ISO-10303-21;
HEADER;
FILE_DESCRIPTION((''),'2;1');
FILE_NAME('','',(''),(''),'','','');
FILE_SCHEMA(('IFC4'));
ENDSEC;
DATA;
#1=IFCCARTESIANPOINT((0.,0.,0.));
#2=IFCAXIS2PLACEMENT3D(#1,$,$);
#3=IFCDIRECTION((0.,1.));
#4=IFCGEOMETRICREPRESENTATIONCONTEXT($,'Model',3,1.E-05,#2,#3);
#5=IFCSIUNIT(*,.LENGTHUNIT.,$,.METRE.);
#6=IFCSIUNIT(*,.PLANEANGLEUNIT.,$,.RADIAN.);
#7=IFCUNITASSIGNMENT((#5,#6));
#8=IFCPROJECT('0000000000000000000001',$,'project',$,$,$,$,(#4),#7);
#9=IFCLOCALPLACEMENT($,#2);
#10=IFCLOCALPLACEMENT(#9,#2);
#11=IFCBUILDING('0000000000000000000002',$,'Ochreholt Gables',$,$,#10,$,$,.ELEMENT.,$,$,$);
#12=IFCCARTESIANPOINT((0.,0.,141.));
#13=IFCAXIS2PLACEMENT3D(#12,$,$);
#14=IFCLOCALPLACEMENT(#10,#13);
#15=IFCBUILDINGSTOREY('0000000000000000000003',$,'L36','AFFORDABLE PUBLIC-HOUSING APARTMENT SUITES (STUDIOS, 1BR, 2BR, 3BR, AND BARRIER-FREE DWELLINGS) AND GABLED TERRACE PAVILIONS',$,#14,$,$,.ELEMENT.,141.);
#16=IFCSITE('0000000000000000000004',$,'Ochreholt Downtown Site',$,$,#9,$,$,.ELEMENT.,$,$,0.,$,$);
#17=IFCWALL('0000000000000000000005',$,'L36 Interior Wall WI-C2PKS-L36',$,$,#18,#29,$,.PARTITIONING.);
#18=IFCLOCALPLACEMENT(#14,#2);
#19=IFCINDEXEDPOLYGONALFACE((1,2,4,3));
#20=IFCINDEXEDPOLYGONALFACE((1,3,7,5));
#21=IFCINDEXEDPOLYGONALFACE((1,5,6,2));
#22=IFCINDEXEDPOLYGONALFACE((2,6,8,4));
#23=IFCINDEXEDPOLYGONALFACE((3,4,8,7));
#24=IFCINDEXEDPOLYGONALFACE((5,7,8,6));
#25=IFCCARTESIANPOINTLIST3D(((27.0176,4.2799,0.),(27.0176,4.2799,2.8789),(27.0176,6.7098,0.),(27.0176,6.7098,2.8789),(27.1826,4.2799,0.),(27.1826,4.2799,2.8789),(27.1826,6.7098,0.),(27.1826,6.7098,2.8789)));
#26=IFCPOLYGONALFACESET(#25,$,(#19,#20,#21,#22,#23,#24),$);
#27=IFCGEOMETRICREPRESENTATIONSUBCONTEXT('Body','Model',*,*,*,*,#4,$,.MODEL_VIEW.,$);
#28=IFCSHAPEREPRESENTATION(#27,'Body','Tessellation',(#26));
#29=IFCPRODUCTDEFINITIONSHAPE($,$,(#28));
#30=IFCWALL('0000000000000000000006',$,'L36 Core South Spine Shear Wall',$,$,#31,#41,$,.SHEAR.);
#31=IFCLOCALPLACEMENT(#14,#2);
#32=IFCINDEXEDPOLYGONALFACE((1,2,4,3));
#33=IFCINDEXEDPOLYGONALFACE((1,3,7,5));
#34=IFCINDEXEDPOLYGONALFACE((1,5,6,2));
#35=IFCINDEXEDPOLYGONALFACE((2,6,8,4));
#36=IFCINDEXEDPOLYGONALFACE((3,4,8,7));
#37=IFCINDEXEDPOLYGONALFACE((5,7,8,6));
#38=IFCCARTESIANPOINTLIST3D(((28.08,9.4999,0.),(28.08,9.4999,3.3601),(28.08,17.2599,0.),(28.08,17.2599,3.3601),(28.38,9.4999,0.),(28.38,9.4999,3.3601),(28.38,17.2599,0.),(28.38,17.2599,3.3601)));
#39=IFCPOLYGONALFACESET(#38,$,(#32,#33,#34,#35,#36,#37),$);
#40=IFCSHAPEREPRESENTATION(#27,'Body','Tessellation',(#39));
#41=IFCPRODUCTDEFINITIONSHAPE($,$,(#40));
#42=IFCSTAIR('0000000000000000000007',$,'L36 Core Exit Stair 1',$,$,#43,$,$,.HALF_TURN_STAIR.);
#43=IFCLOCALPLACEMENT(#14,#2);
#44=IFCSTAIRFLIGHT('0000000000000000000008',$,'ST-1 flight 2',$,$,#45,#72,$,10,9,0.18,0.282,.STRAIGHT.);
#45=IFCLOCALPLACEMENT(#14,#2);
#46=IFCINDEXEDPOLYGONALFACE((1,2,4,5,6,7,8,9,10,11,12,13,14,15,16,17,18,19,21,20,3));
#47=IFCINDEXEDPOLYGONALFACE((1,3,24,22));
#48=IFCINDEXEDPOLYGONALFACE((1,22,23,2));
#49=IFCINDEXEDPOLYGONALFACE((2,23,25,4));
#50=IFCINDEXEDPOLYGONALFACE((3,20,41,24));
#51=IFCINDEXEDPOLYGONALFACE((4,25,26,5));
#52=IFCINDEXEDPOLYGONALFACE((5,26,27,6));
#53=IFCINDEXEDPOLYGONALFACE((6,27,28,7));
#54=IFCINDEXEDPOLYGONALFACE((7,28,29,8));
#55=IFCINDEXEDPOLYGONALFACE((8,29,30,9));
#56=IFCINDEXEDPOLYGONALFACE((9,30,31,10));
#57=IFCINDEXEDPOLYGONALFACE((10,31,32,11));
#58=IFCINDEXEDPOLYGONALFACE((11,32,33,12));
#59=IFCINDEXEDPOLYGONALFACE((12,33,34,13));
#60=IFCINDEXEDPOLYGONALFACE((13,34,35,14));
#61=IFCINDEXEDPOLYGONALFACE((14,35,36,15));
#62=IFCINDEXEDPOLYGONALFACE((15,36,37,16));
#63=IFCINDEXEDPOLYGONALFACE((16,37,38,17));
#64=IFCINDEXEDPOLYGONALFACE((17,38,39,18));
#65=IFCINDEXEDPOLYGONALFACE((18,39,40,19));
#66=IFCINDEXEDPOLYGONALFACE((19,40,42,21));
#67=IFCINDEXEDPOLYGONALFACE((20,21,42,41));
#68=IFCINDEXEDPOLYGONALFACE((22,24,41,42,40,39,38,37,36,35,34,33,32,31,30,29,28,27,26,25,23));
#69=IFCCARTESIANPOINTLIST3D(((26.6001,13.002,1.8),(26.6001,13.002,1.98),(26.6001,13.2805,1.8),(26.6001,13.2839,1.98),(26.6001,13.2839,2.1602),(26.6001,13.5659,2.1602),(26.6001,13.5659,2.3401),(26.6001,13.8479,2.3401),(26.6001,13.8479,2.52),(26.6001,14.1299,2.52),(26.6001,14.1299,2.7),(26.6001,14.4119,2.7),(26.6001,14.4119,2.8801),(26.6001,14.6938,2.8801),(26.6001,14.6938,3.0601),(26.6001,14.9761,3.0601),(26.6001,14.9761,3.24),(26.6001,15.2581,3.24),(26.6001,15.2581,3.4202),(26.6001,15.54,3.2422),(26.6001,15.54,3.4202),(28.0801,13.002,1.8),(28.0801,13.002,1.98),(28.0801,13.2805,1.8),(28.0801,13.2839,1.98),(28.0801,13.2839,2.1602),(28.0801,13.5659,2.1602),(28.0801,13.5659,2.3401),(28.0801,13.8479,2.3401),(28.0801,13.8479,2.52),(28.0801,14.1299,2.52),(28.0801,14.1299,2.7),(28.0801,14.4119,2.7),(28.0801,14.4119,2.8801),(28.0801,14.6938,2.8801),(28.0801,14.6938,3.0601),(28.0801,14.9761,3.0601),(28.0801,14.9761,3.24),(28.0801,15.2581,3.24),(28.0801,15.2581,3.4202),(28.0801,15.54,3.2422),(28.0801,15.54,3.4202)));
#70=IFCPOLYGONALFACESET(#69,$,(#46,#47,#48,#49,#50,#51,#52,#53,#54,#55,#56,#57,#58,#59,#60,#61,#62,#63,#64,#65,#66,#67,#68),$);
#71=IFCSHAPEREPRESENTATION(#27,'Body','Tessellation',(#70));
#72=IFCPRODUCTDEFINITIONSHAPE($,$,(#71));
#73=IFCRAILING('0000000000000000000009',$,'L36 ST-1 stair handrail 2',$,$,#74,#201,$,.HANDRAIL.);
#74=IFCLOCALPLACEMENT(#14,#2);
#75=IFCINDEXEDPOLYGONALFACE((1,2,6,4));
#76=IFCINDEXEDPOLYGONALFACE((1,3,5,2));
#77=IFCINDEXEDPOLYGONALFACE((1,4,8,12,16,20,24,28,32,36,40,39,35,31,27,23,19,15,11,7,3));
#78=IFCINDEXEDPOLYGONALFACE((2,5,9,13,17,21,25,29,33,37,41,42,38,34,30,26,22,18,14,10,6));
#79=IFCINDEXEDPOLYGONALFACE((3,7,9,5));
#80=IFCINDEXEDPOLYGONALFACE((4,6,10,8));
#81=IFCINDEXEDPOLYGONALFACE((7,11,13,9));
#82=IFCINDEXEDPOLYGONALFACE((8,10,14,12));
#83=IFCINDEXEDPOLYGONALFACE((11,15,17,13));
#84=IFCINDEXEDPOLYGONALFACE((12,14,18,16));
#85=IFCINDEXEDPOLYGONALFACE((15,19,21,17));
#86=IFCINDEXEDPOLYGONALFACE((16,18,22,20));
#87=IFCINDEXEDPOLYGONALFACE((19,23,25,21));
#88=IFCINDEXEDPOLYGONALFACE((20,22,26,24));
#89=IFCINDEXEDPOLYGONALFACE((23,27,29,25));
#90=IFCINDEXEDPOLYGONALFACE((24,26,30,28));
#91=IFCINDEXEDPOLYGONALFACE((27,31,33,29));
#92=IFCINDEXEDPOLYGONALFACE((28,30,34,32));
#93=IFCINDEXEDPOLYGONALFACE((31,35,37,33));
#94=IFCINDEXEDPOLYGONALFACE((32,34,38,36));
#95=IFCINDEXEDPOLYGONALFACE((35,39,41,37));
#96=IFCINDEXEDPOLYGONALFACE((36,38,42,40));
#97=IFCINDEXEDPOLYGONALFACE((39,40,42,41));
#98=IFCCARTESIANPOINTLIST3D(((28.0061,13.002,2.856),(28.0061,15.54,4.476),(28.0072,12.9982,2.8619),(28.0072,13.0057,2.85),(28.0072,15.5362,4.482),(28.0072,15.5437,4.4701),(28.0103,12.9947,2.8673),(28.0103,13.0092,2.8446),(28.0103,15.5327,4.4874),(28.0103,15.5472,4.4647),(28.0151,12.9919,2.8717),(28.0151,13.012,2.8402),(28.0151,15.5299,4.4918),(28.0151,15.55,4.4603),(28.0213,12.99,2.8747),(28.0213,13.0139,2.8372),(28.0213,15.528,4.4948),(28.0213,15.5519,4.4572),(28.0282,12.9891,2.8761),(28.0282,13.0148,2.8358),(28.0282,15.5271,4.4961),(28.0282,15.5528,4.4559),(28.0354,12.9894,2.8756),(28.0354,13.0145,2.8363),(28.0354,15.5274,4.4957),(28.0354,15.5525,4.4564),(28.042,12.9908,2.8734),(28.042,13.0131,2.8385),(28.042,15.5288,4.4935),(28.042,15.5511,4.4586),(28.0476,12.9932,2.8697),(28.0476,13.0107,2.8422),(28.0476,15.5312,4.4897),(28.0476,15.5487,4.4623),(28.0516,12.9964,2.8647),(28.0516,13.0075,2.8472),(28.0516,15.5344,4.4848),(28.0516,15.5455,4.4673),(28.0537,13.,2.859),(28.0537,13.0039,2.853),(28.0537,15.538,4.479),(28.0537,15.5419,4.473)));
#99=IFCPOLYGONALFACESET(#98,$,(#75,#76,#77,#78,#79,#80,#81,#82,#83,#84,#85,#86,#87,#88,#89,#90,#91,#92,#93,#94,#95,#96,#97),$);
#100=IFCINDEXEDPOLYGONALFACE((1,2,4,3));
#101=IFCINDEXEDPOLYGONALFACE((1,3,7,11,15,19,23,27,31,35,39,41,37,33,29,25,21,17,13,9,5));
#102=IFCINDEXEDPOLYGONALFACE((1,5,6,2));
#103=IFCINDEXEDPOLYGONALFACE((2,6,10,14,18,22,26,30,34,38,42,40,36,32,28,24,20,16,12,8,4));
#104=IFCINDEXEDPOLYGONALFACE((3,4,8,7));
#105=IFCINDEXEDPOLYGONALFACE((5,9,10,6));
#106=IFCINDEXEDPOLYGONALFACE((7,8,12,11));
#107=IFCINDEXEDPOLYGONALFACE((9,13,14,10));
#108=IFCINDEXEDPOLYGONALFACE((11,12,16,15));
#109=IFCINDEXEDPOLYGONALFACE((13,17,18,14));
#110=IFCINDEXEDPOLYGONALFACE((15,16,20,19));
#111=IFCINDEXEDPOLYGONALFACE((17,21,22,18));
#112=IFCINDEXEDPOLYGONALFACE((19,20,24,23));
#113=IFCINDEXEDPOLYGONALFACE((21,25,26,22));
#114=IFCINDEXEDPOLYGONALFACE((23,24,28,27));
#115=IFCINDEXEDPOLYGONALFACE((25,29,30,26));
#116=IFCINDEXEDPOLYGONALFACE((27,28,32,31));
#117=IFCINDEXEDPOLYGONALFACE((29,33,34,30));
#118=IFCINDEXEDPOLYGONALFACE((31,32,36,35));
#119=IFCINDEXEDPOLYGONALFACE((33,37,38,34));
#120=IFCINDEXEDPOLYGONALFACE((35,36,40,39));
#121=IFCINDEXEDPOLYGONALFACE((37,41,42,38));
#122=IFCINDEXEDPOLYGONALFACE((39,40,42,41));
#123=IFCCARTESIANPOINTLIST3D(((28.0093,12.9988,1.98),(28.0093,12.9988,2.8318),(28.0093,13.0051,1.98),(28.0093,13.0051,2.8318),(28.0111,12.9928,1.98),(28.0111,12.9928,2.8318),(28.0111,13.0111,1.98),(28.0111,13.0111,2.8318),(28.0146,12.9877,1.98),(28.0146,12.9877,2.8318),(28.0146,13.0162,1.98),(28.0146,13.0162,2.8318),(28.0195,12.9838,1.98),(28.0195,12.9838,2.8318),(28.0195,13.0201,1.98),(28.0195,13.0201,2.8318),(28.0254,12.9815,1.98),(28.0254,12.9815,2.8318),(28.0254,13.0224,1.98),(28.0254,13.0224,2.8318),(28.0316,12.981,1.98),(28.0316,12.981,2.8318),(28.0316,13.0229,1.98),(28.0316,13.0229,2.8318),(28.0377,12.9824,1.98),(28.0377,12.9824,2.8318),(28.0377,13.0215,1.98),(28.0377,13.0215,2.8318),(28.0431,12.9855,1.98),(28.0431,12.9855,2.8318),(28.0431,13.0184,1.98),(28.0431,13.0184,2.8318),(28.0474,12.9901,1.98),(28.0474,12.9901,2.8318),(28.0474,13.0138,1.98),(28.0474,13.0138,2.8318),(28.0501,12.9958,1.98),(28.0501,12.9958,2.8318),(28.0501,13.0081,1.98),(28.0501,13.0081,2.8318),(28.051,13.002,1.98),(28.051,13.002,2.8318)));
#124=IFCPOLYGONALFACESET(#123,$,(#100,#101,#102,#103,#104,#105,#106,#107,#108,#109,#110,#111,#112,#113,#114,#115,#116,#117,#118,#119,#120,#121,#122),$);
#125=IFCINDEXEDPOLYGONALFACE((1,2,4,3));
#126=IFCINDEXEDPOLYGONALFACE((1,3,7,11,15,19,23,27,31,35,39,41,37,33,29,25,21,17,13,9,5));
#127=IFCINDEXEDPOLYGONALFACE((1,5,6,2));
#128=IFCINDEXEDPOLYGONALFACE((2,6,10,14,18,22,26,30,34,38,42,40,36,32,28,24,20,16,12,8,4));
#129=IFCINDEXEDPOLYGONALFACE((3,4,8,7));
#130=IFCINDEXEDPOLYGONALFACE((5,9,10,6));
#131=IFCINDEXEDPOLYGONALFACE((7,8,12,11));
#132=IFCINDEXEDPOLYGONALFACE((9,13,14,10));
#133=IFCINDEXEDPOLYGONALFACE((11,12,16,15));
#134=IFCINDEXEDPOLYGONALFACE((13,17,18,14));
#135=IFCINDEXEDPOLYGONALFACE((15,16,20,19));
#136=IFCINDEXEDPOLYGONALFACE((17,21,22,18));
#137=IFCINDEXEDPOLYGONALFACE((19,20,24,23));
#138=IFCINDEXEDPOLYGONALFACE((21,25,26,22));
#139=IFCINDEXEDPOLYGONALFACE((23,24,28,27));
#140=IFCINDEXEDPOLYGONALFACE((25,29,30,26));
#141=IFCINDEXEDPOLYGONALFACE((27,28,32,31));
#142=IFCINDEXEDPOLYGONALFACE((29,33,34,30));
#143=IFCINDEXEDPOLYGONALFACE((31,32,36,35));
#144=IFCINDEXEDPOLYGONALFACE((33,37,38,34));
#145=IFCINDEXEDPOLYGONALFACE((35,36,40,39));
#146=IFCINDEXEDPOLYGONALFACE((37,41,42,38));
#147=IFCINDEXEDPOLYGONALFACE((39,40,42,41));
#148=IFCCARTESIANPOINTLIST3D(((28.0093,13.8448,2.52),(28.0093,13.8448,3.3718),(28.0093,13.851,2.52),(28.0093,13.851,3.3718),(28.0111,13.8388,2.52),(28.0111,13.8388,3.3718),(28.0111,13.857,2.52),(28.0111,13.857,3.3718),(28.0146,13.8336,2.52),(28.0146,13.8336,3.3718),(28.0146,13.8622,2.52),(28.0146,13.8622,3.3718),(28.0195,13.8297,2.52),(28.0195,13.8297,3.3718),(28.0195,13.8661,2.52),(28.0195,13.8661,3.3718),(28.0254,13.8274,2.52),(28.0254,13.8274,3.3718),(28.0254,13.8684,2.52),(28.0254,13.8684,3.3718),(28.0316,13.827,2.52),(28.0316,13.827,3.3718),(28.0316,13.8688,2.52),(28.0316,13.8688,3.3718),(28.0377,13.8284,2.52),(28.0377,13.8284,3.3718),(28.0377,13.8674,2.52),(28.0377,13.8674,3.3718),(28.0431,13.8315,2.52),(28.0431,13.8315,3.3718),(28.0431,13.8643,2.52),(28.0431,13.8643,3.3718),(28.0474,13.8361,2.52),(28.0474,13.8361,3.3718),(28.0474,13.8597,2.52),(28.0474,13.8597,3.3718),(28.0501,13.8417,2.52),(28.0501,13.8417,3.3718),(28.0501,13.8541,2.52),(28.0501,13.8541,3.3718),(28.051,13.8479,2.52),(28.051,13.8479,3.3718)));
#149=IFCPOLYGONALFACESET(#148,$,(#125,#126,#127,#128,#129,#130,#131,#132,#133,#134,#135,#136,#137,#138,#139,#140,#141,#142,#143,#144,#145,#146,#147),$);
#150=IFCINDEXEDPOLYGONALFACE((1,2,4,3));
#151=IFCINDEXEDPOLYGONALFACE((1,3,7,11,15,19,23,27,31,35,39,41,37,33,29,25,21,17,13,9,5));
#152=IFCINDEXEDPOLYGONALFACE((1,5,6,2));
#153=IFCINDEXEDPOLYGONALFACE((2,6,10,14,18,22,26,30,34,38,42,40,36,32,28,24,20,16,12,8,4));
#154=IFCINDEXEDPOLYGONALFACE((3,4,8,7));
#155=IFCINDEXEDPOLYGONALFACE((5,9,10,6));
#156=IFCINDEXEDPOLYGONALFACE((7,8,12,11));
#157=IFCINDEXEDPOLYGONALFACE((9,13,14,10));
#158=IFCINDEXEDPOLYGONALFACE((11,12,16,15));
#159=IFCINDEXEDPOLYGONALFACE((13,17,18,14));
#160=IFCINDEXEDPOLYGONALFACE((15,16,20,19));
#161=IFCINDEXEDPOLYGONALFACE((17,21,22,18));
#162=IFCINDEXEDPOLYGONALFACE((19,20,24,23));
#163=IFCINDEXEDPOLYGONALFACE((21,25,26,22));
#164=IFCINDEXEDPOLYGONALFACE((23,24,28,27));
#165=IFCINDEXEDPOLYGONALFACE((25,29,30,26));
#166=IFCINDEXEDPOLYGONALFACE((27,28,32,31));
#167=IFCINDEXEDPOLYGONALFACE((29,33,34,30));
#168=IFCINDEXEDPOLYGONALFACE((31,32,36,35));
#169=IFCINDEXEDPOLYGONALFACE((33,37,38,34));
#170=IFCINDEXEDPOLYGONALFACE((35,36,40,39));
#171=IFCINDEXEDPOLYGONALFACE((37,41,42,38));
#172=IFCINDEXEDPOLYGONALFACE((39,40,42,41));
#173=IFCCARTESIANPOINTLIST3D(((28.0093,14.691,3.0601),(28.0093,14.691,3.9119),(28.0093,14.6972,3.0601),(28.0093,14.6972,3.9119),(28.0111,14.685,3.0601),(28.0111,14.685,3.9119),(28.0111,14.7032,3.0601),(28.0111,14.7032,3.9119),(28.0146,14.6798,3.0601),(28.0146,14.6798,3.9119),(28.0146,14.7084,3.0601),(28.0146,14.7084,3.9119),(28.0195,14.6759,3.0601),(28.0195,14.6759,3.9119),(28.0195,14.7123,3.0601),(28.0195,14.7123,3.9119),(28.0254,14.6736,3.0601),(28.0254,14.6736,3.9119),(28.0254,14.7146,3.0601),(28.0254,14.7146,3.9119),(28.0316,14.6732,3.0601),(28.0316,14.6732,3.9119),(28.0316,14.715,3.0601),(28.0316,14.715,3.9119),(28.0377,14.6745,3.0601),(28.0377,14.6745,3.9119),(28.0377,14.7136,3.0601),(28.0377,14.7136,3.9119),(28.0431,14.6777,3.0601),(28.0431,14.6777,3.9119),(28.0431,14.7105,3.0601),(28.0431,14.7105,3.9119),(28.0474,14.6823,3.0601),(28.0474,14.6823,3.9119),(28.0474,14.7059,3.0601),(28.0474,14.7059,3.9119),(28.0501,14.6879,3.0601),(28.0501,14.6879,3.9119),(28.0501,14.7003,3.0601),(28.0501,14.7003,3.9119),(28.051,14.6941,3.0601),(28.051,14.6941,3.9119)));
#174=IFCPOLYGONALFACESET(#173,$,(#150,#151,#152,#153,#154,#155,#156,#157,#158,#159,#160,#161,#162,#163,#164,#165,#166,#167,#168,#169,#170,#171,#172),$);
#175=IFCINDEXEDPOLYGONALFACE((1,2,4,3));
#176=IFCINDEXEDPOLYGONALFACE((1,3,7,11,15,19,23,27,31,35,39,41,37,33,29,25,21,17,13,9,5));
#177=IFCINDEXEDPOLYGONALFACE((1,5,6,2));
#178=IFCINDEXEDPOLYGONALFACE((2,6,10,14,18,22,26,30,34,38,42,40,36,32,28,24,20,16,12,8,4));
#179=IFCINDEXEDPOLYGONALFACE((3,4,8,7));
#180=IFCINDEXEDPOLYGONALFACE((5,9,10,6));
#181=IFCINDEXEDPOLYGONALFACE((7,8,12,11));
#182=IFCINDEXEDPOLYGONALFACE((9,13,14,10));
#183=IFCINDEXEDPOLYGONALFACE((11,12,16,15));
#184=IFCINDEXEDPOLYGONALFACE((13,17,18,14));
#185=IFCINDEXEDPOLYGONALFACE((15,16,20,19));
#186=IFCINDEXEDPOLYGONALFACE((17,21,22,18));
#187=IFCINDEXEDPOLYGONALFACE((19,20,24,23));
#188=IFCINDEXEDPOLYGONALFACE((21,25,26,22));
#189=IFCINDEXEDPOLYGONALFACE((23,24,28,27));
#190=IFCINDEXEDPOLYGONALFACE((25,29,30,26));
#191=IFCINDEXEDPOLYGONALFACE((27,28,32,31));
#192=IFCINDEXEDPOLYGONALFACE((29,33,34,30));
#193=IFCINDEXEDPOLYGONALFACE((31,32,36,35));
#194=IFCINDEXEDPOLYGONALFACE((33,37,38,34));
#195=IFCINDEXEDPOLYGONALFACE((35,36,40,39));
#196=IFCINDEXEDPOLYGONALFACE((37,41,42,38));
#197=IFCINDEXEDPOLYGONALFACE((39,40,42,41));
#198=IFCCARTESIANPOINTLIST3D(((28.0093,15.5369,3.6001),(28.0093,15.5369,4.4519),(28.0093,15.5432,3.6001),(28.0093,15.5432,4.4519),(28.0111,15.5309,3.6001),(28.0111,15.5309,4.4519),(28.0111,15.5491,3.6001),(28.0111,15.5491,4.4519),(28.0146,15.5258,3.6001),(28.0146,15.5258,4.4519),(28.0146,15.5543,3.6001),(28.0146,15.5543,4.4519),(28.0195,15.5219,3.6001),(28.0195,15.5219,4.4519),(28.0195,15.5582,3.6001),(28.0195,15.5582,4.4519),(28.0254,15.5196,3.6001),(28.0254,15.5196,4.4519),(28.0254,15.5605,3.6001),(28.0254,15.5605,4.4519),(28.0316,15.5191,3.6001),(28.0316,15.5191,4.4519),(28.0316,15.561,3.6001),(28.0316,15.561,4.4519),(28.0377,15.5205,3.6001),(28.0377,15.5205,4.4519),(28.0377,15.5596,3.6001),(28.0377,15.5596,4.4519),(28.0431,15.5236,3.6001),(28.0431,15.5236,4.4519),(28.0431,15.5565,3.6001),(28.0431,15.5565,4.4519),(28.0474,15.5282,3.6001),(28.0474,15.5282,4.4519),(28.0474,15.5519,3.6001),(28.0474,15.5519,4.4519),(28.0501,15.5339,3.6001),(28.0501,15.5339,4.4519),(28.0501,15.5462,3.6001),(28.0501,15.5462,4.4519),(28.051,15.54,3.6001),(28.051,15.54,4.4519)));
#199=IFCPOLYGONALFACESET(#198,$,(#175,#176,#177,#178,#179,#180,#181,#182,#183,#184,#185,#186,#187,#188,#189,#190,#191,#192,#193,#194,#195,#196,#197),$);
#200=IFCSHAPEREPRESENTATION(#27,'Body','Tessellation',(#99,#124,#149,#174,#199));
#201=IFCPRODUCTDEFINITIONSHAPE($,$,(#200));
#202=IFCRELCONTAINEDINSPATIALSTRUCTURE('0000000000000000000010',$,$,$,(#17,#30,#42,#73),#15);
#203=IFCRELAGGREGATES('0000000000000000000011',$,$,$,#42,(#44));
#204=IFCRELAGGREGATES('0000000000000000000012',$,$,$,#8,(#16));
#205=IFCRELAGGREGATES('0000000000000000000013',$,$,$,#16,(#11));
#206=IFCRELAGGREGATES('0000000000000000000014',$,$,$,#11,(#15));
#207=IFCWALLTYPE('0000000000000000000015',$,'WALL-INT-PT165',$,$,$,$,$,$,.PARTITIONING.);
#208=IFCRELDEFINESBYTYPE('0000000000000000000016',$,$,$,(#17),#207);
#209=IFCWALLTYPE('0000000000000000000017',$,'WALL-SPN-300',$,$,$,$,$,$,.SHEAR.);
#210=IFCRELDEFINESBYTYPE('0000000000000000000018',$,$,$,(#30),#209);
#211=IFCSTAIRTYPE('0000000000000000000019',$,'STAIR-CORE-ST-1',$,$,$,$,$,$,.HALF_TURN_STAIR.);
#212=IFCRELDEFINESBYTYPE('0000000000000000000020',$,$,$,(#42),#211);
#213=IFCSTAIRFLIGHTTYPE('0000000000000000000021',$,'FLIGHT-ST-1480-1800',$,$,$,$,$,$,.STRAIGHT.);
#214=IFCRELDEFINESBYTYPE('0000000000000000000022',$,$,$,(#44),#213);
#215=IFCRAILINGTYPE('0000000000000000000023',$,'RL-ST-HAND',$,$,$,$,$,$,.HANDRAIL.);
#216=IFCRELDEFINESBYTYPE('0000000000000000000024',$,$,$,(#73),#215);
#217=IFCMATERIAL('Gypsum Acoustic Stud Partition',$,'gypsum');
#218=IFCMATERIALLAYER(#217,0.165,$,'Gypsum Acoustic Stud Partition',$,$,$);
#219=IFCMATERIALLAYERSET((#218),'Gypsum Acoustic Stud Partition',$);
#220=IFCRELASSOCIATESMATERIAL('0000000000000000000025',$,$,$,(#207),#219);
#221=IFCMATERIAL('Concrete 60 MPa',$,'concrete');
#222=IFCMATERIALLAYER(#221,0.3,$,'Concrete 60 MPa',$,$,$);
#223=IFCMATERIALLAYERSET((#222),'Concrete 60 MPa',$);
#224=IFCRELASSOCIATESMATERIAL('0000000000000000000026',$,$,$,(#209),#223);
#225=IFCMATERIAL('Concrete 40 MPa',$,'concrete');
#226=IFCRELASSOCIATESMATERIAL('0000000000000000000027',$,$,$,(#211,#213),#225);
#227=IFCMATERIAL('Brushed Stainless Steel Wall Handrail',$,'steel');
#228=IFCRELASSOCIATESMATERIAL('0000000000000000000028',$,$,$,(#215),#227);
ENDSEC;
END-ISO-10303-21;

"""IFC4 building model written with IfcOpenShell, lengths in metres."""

from ifc_helpers import new_model, si_unit, direction, frame, frame_2d, origin, origin_2d, place, context, subcontext, project, spatial, polyline, rectangle, circle, outline, extrude, material, layer, layer_set, type_object, element, aggregate, save


model = new_model("IFC4")

# Units and contexts
model_context = context("Model", 3, precision=1e-05, world=origin(), true_north=direction((0.0, 1.0)))
body_context = subcontext(model_context, "Body", "Model", "MODEL_VIEW")
ifc_project = project(units=[si_unit("LENGTHUNIT", "METRE"), si_unit("PLANEANGLEUNIT", "RADIAN")], contexts=[model_context])

# Site, building, storey
site_placement = place(None, origin())
site = spatial("IfcSite", under=ifc_project, at=site_placement, Name="Ochreholt Downtown Site", CompositionType="ELEMENT", RefElevation=0.0)
building_placement = place(site_placement, origin())
building = spatial("IfcBuilding", under=site, at=building_placement, Name="Ochreholt Gables", CompositionType="ELEMENT")
storey_placement = place(building_placement, frame((0.0, 0.0, 141.0)))
storey = spatial("IfcBuildingStorey", under=building, at=storey_placement, Name="L36", Description="AFFORDABLE PUBLIC-HOUSING APARTMENT SUITES (STUDIOS, 1BR, 2BR, 3BR, AND BARRIER-FREE DWELLINGS) AND GABLED TERRACE PAVILIONS", CompositionType="ELEMENT", Elevation=141.0)

# Walls
ifc_material_1 = material(Name="Gypsum Acoustic Stud Partition", Category="gypsum")
ifc_layer_1 = layer(ifc_material_1, 0.165, Name="Gypsum Acoustic Stud Partition")
ifc_layer_set_1 = layer_set([ifc_layer_1], Name="Gypsum Acoustic Stud Partition")
wall_type_1 = type_object("IfcWallType", Name="WALL-INT-PT165", PredefinedType="PARTITIONING", material=ifc_layer_set_1)
wall_1_placement = place(storey_placement, frame((27.1001, 4.28, 0.0), z_axis=(0.0, 0.0, 1.0), x_axis=(0.0, 1.0, 0.0)))
element("IfcWall", 1, at=wall_1_placement, inside=storey, type_object=wall_type_1, Name="L36 Interior Wall WI-C2PKS-L36", PredefinedType="PARTITIONING", context=body_context, shape_type="SweptSolid", body=[
    extrude(rectangle(XDim=2.4299, YDim=0.165, at=frame_2d((1.2148, 0.0))), origin(), (0.0, 0.0, 1.0), 2.8789),
])
ifc_material_2 = material(Name="Concrete 60 MPa", Category="concrete")
ifc_layer_2 = layer(ifc_material_2, 0.3, Name="Concrete 60 MPa")
ifc_layer_set_2 = layer_set([ifc_layer_2], Name="Concrete 60 MPa")
wall_type_2 = type_object("IfcWallType", Name="WALL-SPN-300", PredefinedType="SHEAR", material=ifc_layer_set_2)
wall_2_placement = place(storey_placement, frame((28.23, 9.5, 0.0), z_axis=(0.0, 0.0, 1.0), x_axis=(0.0, 1.0, 0.0)))
element("IfcWall", 2, at=wall_2_placement, inside=storey, type_object=wall_type_2, Name="L36 Core South Spine Shear Wall", PredefinedType="SHEAR", context=body_context, shape_type="SweptSolid", body=[
    extrude(rectangle(XDim=7.76, YDim=0.3, at=frame_2d((3.8799, 0.0))), origin(), (0.0, 0.0, 1.0), 3.3601),
])

# Stair, stair flight
ifc_material_3 = material(Name="Concrete 40 MPa", Category="concrete")
stair_type = type_object("IfcStairType", Name="STAIR-CORE-ST-1", PredefinedType="HALF_TURN_STAIR", material=ifc_material_3)
stair_placement = place(storey_placement, origin())
stair = element("IfcStair", 3, at=stair_placement, inside=storey, type_object=stair_type, Name="L36 Core Exit Stair 1", PredefinedType="HALF_TURN_STAIR")
stair_flight_type = type_object("IfcStairFlightType", Name="FLIGHT-ST-1480-1800", PredefinedType="STRAIGHT", material=ifc_material_3)
stair_flight_placement = place(storey_placement, frame((27.3401, 13.002, 1.8), z_axis=(0.0, 0.0, 1.0), x_axis=(0.0, 1.0, 0.0)))
stair_flight = element("IfcStairFlight", 4, at=stair_flight_placement, type_object=stair_flight_type, Name="ST-1 flight 2", NumberOfRisers=10, NumberOfTreads=9, PredefinedType="STRAIGHT", RiserHeight=0.18, TreadLength=0.282, context=body_context, shape_type="SweptSolid", body=[
    extrude(outline(polyline([(0.0, 0.0), (0.0, 0.1799), (0.282, 0.1799), (0.282, 0.3601), (0.564, 0.3601), (0.564, 0.54), (0.8459, 0.54), (0.8459, 0.72), (1.1279, 0.72), (1.1279, 0.8999), (1.4099, 0.8999), (1.4099, 1.0801), (1.6919, 1.0801), (1.6919, 1.26), (1.9741, 1.26), (1.9741, 1.4399), (2.2561, 1.4399), (2.2561, 1.6201), (2.5381, 1.6201), (2.5381, 1.8), (2.5381, 1.4421), (0.2786, 0.0), (0.0, 0.0)])), frame((0.0, 0.74, 0.0), z_axis=(0.0, -1.0, 0.0), x_axis=(1.0, 0.0, 0.0)), (0.0, 0.0, 1.0), 1.48),
])
aggregate(stair, [stair_flight])

# Railing
ifc_material_4 = material(Name="Brushed Stainless Steel Wall Handrail", Category="steel")
railing_type = type_object("IfcRailingType", Name="RL-ST-HAND", PredefinedType="HANDRAIL", material=ifc_material_4)
railing_placement = place(storey_placement, frame((28.03, 13.002, 1.98)))
element("IfcRailing", 5, at=railing_placement, inside=storey, type_object=railing_type, Name="L36 ST-1 stair handrail 2", PredefinedType="HANDRAIL", context=body_context, shape_type="SweptSolid", body=[
    extrude(circle(Radius=0.0239, at=origin_2d()), frame((0.0, 0.0, 0.876), z_axis=(0.0, 0.842913, 0.53805), x_axis=(-1.0, 0.0, 0.0)), (0.0, 0.0, 1.0), 3.011),
    extrude(circle(Radius=0.021, at=origin_2d()), origin(), (0.0, 0.0, 1.0), 0.8518),
    extrude(circle(Radius=0.021, at=origin_2d()), frame((0.0, 0.8459, 0.54)), (0.0, 0.0, 1.0), 0.8518),
    extrude(circle(Radius=0.021, at=origin_2d()), frame((0.0, 1.6921, 1.0801)), (0.0, 0.0, 1.0), 0.8518),
    extrude(circle(Radius=0.021, at=origin_2d()), frame((0.0, 2.5381, 1.6201)), (0.0, 0.0, 1.0), 0.8518),
])

save(model, "model.ifc")
